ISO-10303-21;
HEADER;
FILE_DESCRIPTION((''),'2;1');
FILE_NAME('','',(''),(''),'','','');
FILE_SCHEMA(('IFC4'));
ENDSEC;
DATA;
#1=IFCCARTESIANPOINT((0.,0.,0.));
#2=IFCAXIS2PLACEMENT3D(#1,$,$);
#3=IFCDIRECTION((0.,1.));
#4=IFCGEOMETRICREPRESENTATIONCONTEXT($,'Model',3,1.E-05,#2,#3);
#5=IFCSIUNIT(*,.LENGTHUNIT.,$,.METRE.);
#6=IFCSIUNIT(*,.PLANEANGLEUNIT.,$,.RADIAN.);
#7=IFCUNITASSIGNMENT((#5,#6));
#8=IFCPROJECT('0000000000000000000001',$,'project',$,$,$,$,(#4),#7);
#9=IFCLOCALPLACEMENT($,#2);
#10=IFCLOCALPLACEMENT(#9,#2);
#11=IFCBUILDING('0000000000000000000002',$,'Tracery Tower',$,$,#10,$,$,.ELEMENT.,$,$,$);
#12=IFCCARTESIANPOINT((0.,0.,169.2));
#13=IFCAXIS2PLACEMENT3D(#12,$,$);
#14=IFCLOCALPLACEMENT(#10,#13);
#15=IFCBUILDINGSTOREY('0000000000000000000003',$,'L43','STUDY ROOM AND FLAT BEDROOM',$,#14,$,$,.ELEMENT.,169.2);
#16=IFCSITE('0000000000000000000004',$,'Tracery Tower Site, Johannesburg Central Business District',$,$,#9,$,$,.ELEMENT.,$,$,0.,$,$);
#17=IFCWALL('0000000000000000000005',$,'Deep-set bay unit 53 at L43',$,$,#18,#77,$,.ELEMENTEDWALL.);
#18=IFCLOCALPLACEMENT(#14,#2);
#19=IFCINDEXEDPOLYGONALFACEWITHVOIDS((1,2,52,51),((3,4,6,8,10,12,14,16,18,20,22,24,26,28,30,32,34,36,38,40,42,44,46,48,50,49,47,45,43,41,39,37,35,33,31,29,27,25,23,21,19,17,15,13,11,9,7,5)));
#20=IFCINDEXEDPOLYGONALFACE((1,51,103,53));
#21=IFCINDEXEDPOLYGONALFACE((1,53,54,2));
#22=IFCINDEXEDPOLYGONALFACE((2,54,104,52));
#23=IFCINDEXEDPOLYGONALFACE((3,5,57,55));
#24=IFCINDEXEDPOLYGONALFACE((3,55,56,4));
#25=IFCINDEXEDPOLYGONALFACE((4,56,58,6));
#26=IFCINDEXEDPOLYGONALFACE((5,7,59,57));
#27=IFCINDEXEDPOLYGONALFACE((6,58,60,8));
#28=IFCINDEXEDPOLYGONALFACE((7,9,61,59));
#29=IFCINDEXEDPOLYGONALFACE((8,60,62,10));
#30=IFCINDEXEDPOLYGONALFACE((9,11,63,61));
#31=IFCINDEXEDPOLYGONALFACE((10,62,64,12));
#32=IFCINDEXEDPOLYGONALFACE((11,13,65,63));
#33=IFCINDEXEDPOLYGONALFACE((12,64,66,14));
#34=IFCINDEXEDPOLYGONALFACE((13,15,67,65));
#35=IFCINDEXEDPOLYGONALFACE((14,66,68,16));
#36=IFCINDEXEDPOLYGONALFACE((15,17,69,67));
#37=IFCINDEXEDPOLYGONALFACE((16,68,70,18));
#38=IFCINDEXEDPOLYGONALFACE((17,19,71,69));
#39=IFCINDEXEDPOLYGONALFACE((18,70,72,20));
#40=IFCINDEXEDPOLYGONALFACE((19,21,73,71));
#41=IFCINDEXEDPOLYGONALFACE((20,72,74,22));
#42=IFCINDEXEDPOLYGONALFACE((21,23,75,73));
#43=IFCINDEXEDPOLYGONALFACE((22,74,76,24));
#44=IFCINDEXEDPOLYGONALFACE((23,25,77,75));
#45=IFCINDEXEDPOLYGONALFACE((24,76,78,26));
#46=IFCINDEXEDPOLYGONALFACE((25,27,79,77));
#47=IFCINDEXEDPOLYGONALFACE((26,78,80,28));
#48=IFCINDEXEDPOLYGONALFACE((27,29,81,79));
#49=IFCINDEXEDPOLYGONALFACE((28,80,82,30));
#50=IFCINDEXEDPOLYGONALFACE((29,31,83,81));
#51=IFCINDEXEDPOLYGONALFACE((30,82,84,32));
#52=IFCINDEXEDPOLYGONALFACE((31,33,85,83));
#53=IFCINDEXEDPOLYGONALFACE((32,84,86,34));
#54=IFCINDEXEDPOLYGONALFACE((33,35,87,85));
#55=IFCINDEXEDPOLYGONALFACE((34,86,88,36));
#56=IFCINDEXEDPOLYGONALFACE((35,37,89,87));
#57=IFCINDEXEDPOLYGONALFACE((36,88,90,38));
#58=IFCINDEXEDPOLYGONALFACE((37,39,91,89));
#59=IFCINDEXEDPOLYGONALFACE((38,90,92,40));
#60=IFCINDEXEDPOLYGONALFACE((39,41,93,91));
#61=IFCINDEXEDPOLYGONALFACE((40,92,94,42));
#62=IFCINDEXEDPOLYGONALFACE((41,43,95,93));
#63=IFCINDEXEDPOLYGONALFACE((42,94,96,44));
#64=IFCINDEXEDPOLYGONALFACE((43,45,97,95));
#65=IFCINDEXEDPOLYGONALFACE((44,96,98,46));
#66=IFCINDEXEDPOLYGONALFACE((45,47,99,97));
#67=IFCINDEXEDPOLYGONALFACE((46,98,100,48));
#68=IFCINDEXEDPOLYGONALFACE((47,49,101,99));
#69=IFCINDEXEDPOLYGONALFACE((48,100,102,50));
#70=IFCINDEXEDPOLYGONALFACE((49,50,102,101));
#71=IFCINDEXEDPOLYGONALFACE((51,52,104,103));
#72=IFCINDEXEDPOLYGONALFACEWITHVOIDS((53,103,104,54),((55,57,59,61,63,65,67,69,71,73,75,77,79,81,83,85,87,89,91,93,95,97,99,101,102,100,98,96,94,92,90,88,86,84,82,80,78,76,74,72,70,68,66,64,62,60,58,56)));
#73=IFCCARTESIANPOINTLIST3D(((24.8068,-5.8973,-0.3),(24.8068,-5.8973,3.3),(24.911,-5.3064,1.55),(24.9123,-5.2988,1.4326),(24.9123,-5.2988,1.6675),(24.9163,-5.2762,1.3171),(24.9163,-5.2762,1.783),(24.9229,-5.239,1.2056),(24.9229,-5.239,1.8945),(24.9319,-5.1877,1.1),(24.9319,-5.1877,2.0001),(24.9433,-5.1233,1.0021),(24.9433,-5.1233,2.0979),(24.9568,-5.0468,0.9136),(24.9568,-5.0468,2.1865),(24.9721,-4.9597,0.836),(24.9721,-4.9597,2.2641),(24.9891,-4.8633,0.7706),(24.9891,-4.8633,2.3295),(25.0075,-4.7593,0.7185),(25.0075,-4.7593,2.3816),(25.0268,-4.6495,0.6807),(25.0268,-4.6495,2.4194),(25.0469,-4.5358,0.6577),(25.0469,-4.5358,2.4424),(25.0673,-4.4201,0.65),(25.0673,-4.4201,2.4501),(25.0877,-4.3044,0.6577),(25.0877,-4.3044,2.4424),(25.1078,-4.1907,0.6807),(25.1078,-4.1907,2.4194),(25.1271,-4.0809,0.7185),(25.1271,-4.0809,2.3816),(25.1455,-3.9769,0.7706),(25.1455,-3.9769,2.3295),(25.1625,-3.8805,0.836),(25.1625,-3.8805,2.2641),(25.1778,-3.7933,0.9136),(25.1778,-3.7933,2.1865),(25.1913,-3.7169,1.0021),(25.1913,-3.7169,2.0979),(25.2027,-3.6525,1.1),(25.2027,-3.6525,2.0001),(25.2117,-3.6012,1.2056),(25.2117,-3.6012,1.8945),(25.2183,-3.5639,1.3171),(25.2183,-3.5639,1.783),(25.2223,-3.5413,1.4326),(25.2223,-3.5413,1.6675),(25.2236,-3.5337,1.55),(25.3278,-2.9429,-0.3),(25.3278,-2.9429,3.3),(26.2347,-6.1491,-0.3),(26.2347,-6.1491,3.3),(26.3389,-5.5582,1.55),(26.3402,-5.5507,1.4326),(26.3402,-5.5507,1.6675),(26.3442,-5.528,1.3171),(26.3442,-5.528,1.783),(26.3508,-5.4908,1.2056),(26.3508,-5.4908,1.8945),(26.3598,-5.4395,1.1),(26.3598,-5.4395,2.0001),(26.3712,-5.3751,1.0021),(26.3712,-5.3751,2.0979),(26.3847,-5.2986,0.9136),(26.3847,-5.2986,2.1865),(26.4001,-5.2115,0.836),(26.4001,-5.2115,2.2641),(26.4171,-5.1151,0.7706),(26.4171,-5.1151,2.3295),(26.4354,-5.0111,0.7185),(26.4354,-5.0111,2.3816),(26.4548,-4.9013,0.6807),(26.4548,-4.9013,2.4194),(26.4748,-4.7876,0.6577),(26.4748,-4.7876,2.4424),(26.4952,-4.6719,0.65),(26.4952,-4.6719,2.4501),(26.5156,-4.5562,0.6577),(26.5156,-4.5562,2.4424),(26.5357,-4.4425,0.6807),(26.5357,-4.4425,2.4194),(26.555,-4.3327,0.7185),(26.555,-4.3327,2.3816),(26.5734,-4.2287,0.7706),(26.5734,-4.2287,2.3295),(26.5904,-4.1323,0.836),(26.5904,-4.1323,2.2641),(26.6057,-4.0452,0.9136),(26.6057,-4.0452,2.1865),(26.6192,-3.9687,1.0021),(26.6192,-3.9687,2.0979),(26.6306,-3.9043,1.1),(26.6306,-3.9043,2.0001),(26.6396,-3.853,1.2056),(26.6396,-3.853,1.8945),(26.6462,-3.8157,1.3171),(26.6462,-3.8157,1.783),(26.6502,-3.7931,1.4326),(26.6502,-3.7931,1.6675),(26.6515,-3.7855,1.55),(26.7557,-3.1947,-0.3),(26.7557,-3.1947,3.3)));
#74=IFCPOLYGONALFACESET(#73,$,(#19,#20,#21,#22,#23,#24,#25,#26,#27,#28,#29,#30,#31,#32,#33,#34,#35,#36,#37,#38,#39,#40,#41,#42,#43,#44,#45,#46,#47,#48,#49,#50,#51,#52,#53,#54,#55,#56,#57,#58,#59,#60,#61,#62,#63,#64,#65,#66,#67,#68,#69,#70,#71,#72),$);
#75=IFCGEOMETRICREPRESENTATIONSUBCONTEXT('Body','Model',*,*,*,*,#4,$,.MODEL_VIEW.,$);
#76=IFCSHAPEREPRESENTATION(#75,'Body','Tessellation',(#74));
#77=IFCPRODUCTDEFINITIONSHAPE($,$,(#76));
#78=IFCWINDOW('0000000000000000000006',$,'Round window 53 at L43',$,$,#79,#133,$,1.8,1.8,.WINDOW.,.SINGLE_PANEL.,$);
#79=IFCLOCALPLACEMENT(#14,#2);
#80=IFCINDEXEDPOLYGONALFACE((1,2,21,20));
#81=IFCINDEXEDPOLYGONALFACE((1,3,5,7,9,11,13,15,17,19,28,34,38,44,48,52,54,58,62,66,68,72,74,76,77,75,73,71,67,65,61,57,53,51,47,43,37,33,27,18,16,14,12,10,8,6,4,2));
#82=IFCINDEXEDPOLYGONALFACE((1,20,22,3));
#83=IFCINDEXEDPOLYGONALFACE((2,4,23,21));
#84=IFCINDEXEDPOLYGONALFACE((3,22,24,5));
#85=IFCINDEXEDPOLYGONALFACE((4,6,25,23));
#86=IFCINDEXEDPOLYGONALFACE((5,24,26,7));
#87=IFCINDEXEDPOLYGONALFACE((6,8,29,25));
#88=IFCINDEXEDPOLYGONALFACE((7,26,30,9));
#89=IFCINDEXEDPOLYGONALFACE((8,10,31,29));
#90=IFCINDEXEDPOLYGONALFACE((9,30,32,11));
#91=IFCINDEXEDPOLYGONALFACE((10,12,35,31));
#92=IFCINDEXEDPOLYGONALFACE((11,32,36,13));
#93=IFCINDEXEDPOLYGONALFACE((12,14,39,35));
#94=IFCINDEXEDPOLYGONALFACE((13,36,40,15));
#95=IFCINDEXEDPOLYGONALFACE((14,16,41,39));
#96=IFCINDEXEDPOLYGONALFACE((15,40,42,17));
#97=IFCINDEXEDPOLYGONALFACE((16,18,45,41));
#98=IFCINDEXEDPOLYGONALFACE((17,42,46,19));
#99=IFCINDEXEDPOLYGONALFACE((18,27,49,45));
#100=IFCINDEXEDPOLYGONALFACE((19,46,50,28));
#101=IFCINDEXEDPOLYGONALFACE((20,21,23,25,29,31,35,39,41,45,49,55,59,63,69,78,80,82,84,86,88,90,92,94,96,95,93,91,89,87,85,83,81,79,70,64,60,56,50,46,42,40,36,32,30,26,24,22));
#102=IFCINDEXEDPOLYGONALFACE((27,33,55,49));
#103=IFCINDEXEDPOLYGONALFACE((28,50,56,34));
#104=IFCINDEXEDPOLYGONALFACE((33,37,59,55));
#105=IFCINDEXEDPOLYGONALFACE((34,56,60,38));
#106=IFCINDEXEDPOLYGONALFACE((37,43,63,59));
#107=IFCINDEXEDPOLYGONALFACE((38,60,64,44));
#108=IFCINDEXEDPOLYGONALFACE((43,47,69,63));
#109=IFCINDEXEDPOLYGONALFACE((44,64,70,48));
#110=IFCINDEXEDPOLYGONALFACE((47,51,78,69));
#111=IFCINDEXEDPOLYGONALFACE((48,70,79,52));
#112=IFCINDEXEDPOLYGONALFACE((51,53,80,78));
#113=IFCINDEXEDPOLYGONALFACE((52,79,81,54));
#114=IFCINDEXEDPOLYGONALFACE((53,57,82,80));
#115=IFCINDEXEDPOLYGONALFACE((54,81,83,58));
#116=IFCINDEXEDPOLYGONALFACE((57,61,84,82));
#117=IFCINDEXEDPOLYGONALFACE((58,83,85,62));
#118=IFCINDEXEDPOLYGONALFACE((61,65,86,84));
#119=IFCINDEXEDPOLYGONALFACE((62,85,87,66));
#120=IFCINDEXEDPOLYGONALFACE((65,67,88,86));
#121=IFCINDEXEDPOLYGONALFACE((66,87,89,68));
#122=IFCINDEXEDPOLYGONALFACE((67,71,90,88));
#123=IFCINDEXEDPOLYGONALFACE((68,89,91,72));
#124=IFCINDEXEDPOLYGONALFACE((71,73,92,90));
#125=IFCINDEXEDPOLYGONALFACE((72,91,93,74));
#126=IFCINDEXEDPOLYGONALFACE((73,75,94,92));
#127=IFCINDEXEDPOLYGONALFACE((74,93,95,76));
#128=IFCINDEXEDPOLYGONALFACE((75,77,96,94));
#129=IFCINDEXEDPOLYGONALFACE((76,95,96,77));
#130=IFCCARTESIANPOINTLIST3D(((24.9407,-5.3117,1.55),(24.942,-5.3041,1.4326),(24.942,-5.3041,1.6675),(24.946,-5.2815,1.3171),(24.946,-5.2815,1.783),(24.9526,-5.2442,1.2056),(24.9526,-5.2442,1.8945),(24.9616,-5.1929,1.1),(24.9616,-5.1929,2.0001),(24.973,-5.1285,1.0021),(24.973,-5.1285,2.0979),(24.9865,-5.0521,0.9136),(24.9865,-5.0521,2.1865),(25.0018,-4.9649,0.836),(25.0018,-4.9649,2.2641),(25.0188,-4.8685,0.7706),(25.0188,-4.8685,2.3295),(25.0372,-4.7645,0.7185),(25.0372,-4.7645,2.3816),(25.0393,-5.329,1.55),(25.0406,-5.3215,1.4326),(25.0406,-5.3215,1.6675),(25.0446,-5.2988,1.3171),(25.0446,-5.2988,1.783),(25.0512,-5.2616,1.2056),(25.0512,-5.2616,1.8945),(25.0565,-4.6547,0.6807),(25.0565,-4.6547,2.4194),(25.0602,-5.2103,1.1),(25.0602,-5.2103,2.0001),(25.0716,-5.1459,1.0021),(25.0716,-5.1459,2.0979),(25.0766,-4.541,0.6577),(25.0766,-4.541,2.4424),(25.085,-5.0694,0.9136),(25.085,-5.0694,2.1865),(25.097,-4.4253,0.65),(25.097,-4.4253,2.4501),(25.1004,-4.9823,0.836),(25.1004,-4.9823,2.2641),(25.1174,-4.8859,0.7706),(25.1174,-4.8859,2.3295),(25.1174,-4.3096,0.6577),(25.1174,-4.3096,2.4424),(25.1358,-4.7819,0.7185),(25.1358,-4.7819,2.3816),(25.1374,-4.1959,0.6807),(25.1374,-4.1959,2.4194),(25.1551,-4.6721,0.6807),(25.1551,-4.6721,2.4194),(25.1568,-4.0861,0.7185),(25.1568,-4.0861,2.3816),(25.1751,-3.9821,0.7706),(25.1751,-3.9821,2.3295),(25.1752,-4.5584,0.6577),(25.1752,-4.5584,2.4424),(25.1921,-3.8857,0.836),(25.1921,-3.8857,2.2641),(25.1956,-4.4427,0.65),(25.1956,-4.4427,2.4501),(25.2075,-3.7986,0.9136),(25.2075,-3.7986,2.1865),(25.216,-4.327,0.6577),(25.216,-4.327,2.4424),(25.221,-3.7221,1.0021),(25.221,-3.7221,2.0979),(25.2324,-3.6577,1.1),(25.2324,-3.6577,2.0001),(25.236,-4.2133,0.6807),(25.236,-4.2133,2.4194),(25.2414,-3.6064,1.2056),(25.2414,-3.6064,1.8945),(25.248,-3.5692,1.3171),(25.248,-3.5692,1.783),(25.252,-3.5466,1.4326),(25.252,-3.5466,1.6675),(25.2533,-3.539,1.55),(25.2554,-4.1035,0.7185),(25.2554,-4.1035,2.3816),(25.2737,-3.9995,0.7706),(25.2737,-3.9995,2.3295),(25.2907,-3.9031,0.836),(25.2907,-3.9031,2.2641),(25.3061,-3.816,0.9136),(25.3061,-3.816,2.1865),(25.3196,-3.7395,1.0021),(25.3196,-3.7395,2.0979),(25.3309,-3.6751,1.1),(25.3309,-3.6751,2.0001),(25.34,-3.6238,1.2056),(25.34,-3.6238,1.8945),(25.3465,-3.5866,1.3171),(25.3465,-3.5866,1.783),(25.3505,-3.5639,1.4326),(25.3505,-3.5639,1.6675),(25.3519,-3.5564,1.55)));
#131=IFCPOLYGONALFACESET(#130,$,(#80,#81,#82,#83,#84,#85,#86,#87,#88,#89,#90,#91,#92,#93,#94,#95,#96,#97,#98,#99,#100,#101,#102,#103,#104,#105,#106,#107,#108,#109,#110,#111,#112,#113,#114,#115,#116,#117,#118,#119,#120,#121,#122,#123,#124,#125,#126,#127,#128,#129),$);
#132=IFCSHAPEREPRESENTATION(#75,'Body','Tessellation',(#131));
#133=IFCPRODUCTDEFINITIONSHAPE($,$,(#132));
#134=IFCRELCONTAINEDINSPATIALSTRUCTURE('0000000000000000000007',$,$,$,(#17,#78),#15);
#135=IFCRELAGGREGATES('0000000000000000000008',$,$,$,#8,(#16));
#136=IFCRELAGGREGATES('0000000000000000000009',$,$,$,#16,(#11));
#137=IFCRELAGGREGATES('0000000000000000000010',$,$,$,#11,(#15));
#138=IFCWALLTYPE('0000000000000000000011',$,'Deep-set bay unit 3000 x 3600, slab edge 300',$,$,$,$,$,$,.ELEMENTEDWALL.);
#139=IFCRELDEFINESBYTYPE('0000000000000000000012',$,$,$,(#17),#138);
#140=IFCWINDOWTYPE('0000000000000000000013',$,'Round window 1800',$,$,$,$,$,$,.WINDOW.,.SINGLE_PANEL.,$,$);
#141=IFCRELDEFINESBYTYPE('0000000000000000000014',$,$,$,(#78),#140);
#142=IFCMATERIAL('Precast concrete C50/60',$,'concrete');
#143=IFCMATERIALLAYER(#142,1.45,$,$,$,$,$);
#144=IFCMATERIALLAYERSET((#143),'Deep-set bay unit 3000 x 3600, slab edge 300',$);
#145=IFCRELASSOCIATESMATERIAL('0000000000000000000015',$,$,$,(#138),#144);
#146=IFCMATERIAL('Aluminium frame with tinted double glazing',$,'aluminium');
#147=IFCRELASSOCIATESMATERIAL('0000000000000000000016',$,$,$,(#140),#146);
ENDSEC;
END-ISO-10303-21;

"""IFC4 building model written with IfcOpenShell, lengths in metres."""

from ifc_helpers import new_model, si_unit, direction, frame, frame_2d, origin, origin_2d, place, context, subcontext, project, spatial, rectangle, circle, extrude, material, layer, layer_set, type_object, element, fill, save


model = new_model("IFC4")

# Units and contexts
model_context = context("Model", 3, precision=1e-05, world=origin(), true_north=direction((0.0, 1.0)))
body_context = subcontext(model_context, "Body", "Model", "MODEL_VIEW")
ifc_project = project(units=[si_unit("LENGTHUNIT", "METRE"), si_unit("PLANEANGLEUNIT", "RADIAN")], contexts=[model_context])

# Site, building, storey
site_placement = place(None, origin())
site = spatial("IfcSite", under=ifc_project, at=site_placement, Name="Tracery Tower Site, Johannesburg Central Business District", CompositionType="ELEMENT", RefElevation=0.0)
building_placement = place(site_placement, origin())
building = spatial("IfcBuilding", under=site, at=building_placement, Name="Tracery Tower", CompositionType="ELEMENT")
storey_placement = place(building_placement, frame((0.0, 0.0, 169.2)))
storey = spatial("IfcBuildingStorey", under=building, at=storey_placement, Name="L43", Description="STUDY ROOM AND FLAT BEDROOM", CompositionType="ELEMENT", Elevation=169.2)

# Wall, opening, window
ifc_material_1 = material(Name="Precast concrete C50/60", Category="concrete")
ifc_layer_1 = layer(ifc_material_1, 1.45)
ifc_layer_set_1 = layer_set([ifc_layer_1], Name="Deep-set bay unit 3000 x 3600, slab edge 300")
wall_type_1 = type_object("IfcWallType", Name="Deep-set bay unit 3000 x 3600, slab edge 300", PredefinedType="ELEMENTEDWALL", material=ifc_layer_set_1)
wall_1_placement = place(storey_placement, frame((25.5208, -6.0232, -0.3), z_axis=(0.0, 0.0, 1.0), x_axis=(0.173669, 0.984804, 0.0)))
wall_1 = element("IfcWall", 1, at=wall_1_placement, inside=storey, type_object=wall_type_1, Name="Deep-set bay unit 53 at L43", PredefinedType="ELEMENTEDWALL", context=body_context, shape_type="SweptSolid", body=[
    extrude(rectangle(XDim=3.0, YDim=1.45, at=frame_2d((1.5, 0.0))), origin(), (0.0, 0.0, 1.0), 3.6001),
])
opening_1_placement = place(wall_1_placement, frame((1.5, 0.0, 1.8501)))
opening_1 = element("IfcOpeningElement", 2, at=opening_1_placement, cuts=wall_1, PredefinedType="OPENING", context=body_context, shape_type="SweptSolid", body=[
    extrude(circle(Radius=0.9, at=origin_2d()), frame((0.0, 0.7349, 0.0), z_axis=(0.0, -1.0, 0.0), x_axis=(1.0, 0.0, 0.0)), (0.0, 0.0, 1.0), 1.47),
])
ifc_material_2 = material(Name="Aluminium frame with tinted double glazing", Category="aluminium")
window_type = type_object("IfcWindowType", Name="Round window 1800", PartitioningType="SINGLE_PANEL", PredefinedType="WINDOW", material=ifc_material_2)
window_1_placement = place(opening_1_placement, origin())
window_1 = element("IfcWindow", 3, at=window_1_placement, inside=storey, type_object=window_type, Name="Round window 53 at L43", OverallHeight=1.8, OverallWidth=1.8, PartitioningType="SINGLE_PANEL", PredefinedType="WINDOW", context=body_context, shape_type="SweptSolid", body=[
    extrude(circle(Radius=0.9, at=origin_2d()), frame((0.0, 0.6948, 0.0), z_axis=(0.0, -1.0, 0.0), x_axis=(1.0, 0.0, 0.0)), (0.0, 0.0, 1.0), 0.1001),
])
fill(opening_1, window_1)

save(model, "model.ifc")
